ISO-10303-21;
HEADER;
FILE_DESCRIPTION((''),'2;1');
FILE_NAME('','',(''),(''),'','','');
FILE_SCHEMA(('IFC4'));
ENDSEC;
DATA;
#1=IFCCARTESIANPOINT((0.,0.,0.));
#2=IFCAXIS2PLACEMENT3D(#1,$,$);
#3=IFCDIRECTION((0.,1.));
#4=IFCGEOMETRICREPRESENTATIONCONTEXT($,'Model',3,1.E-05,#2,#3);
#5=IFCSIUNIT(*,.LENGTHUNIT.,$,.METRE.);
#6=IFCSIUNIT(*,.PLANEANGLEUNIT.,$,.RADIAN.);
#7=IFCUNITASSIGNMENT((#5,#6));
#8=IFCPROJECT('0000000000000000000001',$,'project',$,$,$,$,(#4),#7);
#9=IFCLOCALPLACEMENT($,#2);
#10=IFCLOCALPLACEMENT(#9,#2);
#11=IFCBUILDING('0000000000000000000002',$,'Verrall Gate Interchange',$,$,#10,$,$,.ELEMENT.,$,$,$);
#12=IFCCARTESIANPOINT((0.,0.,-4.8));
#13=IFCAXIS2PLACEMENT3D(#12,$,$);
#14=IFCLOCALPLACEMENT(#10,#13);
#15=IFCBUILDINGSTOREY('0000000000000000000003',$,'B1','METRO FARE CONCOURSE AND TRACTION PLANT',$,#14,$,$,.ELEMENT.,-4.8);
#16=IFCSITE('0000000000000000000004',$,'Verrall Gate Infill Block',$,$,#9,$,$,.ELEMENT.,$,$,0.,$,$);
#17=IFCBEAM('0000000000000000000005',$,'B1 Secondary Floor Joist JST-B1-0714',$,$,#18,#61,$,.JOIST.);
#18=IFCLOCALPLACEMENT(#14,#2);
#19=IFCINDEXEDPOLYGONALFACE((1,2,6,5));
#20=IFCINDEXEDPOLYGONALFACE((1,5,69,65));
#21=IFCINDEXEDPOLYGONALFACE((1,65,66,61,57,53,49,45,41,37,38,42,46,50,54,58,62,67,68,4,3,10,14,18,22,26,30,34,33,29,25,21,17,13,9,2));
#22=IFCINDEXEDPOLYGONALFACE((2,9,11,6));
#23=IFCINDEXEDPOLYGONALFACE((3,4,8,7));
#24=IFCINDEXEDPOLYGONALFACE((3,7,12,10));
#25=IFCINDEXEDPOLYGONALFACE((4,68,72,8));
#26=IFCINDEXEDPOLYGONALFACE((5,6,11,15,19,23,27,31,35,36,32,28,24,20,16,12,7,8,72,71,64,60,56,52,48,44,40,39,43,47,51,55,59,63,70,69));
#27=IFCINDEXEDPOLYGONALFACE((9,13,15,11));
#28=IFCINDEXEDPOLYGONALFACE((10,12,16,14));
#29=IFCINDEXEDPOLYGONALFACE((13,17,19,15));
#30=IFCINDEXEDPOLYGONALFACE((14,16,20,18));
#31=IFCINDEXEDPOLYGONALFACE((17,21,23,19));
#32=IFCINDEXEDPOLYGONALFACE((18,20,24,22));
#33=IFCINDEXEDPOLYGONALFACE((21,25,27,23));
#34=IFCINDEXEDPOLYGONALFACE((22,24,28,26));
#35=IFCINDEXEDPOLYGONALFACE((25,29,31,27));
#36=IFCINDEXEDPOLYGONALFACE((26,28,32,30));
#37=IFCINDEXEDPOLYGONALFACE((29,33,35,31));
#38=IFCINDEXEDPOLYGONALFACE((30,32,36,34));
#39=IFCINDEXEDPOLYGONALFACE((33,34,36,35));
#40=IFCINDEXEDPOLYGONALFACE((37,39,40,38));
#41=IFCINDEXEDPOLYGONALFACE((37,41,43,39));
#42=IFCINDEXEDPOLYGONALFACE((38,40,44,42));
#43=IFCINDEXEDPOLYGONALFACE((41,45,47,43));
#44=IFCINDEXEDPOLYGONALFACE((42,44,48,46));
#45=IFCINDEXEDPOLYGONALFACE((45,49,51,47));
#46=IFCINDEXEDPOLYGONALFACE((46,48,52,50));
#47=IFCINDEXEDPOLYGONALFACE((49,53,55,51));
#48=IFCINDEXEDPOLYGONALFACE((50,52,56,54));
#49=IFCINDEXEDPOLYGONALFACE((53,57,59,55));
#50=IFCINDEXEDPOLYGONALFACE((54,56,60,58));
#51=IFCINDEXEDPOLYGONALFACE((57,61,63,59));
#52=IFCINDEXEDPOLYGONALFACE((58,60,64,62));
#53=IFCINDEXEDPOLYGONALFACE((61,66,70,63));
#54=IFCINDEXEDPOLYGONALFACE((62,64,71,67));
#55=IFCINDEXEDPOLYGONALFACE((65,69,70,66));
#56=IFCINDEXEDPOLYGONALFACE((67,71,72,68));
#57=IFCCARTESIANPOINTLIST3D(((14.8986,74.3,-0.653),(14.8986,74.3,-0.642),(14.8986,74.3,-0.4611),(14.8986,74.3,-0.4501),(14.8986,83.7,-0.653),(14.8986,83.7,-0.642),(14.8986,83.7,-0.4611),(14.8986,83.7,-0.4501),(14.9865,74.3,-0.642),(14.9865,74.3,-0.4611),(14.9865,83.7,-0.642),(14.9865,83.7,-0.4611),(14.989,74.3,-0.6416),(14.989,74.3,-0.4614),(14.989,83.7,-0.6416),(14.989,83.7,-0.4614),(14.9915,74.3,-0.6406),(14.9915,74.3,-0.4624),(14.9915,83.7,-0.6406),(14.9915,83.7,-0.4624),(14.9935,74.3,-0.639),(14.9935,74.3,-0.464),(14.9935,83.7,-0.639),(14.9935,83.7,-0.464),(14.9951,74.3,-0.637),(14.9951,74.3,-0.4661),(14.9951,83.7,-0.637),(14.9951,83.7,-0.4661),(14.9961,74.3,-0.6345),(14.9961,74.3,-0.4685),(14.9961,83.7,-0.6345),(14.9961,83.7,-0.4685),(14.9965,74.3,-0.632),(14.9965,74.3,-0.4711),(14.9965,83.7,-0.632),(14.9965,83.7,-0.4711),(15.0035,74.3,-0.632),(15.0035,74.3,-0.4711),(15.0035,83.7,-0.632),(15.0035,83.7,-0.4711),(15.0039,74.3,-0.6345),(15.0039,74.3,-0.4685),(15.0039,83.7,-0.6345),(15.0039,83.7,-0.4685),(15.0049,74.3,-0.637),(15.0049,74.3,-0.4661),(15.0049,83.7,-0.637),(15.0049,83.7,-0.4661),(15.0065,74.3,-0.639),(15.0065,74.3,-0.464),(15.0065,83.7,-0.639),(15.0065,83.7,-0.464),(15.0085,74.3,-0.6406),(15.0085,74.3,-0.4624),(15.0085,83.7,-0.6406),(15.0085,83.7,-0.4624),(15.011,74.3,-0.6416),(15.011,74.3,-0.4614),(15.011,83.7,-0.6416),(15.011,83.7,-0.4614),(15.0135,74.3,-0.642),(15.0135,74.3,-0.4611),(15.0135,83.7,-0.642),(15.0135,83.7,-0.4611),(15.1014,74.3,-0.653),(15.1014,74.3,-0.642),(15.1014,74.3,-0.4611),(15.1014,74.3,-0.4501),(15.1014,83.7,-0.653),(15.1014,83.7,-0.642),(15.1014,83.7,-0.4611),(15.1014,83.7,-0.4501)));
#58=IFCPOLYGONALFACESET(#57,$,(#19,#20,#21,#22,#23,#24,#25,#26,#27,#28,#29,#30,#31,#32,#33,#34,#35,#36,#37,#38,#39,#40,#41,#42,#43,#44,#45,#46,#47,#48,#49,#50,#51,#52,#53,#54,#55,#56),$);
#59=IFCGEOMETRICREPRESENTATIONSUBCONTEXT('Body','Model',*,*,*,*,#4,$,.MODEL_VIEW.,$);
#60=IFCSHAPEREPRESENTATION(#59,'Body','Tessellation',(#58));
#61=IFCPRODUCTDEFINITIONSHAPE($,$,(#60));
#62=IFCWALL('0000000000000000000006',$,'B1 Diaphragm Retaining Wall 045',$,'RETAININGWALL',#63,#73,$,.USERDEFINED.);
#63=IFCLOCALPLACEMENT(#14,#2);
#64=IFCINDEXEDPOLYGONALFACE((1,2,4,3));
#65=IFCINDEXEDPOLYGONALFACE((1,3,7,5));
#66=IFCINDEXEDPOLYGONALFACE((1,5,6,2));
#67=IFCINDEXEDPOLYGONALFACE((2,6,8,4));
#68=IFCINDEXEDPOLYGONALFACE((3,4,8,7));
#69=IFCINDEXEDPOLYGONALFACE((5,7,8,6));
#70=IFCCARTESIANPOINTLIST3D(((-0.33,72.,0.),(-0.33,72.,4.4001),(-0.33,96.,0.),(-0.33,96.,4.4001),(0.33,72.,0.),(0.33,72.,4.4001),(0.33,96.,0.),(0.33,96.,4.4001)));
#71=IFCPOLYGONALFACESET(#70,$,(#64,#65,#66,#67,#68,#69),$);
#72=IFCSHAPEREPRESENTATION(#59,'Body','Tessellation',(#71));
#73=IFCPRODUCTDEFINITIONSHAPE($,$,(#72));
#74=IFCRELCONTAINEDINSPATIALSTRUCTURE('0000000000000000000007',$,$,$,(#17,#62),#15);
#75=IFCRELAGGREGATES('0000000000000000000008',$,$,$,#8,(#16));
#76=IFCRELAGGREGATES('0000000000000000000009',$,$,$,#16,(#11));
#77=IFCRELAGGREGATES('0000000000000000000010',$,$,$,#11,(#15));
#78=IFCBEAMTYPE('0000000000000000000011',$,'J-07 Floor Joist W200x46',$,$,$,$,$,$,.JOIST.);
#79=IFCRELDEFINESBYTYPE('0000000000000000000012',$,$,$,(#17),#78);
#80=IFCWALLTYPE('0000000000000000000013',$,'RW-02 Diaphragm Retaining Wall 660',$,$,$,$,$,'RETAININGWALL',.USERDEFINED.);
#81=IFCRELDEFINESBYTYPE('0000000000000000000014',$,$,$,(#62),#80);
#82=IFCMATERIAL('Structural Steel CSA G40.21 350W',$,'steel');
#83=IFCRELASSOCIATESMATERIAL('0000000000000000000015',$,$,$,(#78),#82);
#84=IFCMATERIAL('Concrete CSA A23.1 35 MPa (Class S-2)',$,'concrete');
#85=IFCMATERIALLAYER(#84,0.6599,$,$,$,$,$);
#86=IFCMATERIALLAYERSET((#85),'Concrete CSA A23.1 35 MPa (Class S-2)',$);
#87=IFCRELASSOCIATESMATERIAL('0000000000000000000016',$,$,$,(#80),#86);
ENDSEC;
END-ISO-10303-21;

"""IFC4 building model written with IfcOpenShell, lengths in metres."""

from ifc_helpers import new_model, si_unit, direction, frame, frame_2d, origin, origin_2d, place, context, subcontext, project, spatial, rectangle, i_section, extrude, material, layer, layer_set, material_profile, profile_set, type_object, element, save


model = new_model("IFC4")

# Units and contexts
model_context = context("Model", 3, precision=1e-05, world=origin(), true_north=direction((0.0, 1.0)))
body_context = subcontext(model_context, "Body", "Model", "MODEL_VIEW")
ifc_project = project(units=[si_unit("LENGTHUNIT", "METRE"), si_unit("PLANEANGLEUNIT", "RADIAN")], contexts=[model_context])

# Site, building, storey
site_placement = place(None, origin())
site = spatial("IfcSite", under=ifc_project, at=site_placement, Name="Verrall Gate Infill Block", CompositionType="ELEMENT", RefElevation=0.0)
building_placement = place(site_placement, origin())
building = spatial("IfcBuilding", under=site, at=building_placement, Name="Verrall Gate Interchange", CompositionType="ELEMENT")
storey_placement = place(building_placement, frame((0.0, 0.0, -4.8)))
storey = spatial("IfcBuildingStorey", under=building, at=storey_placement, Name="B1", Description="METRO FARE CONCOURSE AND TRACTION PLANT", CompositionType="ELEMENT", Elevation=-4.8)

# Beam
ifc_material_1 = material(Name="Structural Steel CSA G40.21 350W", Category="steel")
ifc_material_profile_1 = material_profile(ifc_material_1, i_section(OverallWidth=0.2029, OverallDepth=0.2029, WebThickness=0.0071, FlangeThickness=0.011, FilletRadius=0.01, at=origin_2d()), Name="W200x46")
ifc_profile_set_1 = profile_set([ifc_material_profile_1], Name="Structural Steel CSA G40.21 350W")
beam_type_1 = type_object("IfcBeamType", Name="J-07 Floor Joist W200x46", PredefinedType="JOIST", material=ifc_profile_set_1)
beam_1_placement = place(storey_placement, frame((15.0, 74.3, -0.5515), z_axis=(0.0, 1.0, 0.0), x_axis=(-1.0, 0.0, 0.0)))
element("IfcBeam", 1, at=beam_1_placement, inside=storey, type_object=beam_type_1, Name="B1 Secondary Floor Joist JST-B1-0714", PredefinedType="JOIST", context=body_context, shape_type="SweptSolid", body=[
    extrude(i_section(OverallWidth=0.2029, OverallDepth=0.2029, WebThickness=0.0071, FlangeThickness=0.011, FilletRadius=0.01, at=origin_2d()), origin(), (0.0, 0.0, 1.0), 9.3999),
])

# Wall
ifc_material_2 = material(Name="Concrete CSA A23.1 35 MPa (Class S-2)", Category="concrete")
ifc_layer = layer(ifc_material_2, 0.6599)
ifc_layer_set = layer_set([ifc_layer], Name="Concrete CSA A23.1 35 MPa (Class S-2)")
wall_type = type_object("IfcWallType", Name="RW-02 Diaphragm Retaining Wall 660", ElementType="RETAININGWALL", PredefinedType="USERDEFINED", material=ifc_layer_set)
wall_placement = place(storey_placement, frame((0.0, 96.0, 0.0), z_axis=(0.0, 0.0, 1.0), x_axis=(0.0, -1.0, 0.0)))
element("IfcWall", 2, at=wall_placement, inside=storey, type_object=wall_type, Name="B1 Diaphragm Retaining Wall 045", ObjectType="RETAININGWALL", PredefinedType="USERDEFINED", context=body_context, shape_type="SweptSolid", body=[
    extrude(rectangle(XDim=24.0, YDim=0.6599, at=frame_2d((12.0, 0.0))), origin(), (0.0, 0.0, 1.0), 4.4001),
])

save(model, "model.ifc")
